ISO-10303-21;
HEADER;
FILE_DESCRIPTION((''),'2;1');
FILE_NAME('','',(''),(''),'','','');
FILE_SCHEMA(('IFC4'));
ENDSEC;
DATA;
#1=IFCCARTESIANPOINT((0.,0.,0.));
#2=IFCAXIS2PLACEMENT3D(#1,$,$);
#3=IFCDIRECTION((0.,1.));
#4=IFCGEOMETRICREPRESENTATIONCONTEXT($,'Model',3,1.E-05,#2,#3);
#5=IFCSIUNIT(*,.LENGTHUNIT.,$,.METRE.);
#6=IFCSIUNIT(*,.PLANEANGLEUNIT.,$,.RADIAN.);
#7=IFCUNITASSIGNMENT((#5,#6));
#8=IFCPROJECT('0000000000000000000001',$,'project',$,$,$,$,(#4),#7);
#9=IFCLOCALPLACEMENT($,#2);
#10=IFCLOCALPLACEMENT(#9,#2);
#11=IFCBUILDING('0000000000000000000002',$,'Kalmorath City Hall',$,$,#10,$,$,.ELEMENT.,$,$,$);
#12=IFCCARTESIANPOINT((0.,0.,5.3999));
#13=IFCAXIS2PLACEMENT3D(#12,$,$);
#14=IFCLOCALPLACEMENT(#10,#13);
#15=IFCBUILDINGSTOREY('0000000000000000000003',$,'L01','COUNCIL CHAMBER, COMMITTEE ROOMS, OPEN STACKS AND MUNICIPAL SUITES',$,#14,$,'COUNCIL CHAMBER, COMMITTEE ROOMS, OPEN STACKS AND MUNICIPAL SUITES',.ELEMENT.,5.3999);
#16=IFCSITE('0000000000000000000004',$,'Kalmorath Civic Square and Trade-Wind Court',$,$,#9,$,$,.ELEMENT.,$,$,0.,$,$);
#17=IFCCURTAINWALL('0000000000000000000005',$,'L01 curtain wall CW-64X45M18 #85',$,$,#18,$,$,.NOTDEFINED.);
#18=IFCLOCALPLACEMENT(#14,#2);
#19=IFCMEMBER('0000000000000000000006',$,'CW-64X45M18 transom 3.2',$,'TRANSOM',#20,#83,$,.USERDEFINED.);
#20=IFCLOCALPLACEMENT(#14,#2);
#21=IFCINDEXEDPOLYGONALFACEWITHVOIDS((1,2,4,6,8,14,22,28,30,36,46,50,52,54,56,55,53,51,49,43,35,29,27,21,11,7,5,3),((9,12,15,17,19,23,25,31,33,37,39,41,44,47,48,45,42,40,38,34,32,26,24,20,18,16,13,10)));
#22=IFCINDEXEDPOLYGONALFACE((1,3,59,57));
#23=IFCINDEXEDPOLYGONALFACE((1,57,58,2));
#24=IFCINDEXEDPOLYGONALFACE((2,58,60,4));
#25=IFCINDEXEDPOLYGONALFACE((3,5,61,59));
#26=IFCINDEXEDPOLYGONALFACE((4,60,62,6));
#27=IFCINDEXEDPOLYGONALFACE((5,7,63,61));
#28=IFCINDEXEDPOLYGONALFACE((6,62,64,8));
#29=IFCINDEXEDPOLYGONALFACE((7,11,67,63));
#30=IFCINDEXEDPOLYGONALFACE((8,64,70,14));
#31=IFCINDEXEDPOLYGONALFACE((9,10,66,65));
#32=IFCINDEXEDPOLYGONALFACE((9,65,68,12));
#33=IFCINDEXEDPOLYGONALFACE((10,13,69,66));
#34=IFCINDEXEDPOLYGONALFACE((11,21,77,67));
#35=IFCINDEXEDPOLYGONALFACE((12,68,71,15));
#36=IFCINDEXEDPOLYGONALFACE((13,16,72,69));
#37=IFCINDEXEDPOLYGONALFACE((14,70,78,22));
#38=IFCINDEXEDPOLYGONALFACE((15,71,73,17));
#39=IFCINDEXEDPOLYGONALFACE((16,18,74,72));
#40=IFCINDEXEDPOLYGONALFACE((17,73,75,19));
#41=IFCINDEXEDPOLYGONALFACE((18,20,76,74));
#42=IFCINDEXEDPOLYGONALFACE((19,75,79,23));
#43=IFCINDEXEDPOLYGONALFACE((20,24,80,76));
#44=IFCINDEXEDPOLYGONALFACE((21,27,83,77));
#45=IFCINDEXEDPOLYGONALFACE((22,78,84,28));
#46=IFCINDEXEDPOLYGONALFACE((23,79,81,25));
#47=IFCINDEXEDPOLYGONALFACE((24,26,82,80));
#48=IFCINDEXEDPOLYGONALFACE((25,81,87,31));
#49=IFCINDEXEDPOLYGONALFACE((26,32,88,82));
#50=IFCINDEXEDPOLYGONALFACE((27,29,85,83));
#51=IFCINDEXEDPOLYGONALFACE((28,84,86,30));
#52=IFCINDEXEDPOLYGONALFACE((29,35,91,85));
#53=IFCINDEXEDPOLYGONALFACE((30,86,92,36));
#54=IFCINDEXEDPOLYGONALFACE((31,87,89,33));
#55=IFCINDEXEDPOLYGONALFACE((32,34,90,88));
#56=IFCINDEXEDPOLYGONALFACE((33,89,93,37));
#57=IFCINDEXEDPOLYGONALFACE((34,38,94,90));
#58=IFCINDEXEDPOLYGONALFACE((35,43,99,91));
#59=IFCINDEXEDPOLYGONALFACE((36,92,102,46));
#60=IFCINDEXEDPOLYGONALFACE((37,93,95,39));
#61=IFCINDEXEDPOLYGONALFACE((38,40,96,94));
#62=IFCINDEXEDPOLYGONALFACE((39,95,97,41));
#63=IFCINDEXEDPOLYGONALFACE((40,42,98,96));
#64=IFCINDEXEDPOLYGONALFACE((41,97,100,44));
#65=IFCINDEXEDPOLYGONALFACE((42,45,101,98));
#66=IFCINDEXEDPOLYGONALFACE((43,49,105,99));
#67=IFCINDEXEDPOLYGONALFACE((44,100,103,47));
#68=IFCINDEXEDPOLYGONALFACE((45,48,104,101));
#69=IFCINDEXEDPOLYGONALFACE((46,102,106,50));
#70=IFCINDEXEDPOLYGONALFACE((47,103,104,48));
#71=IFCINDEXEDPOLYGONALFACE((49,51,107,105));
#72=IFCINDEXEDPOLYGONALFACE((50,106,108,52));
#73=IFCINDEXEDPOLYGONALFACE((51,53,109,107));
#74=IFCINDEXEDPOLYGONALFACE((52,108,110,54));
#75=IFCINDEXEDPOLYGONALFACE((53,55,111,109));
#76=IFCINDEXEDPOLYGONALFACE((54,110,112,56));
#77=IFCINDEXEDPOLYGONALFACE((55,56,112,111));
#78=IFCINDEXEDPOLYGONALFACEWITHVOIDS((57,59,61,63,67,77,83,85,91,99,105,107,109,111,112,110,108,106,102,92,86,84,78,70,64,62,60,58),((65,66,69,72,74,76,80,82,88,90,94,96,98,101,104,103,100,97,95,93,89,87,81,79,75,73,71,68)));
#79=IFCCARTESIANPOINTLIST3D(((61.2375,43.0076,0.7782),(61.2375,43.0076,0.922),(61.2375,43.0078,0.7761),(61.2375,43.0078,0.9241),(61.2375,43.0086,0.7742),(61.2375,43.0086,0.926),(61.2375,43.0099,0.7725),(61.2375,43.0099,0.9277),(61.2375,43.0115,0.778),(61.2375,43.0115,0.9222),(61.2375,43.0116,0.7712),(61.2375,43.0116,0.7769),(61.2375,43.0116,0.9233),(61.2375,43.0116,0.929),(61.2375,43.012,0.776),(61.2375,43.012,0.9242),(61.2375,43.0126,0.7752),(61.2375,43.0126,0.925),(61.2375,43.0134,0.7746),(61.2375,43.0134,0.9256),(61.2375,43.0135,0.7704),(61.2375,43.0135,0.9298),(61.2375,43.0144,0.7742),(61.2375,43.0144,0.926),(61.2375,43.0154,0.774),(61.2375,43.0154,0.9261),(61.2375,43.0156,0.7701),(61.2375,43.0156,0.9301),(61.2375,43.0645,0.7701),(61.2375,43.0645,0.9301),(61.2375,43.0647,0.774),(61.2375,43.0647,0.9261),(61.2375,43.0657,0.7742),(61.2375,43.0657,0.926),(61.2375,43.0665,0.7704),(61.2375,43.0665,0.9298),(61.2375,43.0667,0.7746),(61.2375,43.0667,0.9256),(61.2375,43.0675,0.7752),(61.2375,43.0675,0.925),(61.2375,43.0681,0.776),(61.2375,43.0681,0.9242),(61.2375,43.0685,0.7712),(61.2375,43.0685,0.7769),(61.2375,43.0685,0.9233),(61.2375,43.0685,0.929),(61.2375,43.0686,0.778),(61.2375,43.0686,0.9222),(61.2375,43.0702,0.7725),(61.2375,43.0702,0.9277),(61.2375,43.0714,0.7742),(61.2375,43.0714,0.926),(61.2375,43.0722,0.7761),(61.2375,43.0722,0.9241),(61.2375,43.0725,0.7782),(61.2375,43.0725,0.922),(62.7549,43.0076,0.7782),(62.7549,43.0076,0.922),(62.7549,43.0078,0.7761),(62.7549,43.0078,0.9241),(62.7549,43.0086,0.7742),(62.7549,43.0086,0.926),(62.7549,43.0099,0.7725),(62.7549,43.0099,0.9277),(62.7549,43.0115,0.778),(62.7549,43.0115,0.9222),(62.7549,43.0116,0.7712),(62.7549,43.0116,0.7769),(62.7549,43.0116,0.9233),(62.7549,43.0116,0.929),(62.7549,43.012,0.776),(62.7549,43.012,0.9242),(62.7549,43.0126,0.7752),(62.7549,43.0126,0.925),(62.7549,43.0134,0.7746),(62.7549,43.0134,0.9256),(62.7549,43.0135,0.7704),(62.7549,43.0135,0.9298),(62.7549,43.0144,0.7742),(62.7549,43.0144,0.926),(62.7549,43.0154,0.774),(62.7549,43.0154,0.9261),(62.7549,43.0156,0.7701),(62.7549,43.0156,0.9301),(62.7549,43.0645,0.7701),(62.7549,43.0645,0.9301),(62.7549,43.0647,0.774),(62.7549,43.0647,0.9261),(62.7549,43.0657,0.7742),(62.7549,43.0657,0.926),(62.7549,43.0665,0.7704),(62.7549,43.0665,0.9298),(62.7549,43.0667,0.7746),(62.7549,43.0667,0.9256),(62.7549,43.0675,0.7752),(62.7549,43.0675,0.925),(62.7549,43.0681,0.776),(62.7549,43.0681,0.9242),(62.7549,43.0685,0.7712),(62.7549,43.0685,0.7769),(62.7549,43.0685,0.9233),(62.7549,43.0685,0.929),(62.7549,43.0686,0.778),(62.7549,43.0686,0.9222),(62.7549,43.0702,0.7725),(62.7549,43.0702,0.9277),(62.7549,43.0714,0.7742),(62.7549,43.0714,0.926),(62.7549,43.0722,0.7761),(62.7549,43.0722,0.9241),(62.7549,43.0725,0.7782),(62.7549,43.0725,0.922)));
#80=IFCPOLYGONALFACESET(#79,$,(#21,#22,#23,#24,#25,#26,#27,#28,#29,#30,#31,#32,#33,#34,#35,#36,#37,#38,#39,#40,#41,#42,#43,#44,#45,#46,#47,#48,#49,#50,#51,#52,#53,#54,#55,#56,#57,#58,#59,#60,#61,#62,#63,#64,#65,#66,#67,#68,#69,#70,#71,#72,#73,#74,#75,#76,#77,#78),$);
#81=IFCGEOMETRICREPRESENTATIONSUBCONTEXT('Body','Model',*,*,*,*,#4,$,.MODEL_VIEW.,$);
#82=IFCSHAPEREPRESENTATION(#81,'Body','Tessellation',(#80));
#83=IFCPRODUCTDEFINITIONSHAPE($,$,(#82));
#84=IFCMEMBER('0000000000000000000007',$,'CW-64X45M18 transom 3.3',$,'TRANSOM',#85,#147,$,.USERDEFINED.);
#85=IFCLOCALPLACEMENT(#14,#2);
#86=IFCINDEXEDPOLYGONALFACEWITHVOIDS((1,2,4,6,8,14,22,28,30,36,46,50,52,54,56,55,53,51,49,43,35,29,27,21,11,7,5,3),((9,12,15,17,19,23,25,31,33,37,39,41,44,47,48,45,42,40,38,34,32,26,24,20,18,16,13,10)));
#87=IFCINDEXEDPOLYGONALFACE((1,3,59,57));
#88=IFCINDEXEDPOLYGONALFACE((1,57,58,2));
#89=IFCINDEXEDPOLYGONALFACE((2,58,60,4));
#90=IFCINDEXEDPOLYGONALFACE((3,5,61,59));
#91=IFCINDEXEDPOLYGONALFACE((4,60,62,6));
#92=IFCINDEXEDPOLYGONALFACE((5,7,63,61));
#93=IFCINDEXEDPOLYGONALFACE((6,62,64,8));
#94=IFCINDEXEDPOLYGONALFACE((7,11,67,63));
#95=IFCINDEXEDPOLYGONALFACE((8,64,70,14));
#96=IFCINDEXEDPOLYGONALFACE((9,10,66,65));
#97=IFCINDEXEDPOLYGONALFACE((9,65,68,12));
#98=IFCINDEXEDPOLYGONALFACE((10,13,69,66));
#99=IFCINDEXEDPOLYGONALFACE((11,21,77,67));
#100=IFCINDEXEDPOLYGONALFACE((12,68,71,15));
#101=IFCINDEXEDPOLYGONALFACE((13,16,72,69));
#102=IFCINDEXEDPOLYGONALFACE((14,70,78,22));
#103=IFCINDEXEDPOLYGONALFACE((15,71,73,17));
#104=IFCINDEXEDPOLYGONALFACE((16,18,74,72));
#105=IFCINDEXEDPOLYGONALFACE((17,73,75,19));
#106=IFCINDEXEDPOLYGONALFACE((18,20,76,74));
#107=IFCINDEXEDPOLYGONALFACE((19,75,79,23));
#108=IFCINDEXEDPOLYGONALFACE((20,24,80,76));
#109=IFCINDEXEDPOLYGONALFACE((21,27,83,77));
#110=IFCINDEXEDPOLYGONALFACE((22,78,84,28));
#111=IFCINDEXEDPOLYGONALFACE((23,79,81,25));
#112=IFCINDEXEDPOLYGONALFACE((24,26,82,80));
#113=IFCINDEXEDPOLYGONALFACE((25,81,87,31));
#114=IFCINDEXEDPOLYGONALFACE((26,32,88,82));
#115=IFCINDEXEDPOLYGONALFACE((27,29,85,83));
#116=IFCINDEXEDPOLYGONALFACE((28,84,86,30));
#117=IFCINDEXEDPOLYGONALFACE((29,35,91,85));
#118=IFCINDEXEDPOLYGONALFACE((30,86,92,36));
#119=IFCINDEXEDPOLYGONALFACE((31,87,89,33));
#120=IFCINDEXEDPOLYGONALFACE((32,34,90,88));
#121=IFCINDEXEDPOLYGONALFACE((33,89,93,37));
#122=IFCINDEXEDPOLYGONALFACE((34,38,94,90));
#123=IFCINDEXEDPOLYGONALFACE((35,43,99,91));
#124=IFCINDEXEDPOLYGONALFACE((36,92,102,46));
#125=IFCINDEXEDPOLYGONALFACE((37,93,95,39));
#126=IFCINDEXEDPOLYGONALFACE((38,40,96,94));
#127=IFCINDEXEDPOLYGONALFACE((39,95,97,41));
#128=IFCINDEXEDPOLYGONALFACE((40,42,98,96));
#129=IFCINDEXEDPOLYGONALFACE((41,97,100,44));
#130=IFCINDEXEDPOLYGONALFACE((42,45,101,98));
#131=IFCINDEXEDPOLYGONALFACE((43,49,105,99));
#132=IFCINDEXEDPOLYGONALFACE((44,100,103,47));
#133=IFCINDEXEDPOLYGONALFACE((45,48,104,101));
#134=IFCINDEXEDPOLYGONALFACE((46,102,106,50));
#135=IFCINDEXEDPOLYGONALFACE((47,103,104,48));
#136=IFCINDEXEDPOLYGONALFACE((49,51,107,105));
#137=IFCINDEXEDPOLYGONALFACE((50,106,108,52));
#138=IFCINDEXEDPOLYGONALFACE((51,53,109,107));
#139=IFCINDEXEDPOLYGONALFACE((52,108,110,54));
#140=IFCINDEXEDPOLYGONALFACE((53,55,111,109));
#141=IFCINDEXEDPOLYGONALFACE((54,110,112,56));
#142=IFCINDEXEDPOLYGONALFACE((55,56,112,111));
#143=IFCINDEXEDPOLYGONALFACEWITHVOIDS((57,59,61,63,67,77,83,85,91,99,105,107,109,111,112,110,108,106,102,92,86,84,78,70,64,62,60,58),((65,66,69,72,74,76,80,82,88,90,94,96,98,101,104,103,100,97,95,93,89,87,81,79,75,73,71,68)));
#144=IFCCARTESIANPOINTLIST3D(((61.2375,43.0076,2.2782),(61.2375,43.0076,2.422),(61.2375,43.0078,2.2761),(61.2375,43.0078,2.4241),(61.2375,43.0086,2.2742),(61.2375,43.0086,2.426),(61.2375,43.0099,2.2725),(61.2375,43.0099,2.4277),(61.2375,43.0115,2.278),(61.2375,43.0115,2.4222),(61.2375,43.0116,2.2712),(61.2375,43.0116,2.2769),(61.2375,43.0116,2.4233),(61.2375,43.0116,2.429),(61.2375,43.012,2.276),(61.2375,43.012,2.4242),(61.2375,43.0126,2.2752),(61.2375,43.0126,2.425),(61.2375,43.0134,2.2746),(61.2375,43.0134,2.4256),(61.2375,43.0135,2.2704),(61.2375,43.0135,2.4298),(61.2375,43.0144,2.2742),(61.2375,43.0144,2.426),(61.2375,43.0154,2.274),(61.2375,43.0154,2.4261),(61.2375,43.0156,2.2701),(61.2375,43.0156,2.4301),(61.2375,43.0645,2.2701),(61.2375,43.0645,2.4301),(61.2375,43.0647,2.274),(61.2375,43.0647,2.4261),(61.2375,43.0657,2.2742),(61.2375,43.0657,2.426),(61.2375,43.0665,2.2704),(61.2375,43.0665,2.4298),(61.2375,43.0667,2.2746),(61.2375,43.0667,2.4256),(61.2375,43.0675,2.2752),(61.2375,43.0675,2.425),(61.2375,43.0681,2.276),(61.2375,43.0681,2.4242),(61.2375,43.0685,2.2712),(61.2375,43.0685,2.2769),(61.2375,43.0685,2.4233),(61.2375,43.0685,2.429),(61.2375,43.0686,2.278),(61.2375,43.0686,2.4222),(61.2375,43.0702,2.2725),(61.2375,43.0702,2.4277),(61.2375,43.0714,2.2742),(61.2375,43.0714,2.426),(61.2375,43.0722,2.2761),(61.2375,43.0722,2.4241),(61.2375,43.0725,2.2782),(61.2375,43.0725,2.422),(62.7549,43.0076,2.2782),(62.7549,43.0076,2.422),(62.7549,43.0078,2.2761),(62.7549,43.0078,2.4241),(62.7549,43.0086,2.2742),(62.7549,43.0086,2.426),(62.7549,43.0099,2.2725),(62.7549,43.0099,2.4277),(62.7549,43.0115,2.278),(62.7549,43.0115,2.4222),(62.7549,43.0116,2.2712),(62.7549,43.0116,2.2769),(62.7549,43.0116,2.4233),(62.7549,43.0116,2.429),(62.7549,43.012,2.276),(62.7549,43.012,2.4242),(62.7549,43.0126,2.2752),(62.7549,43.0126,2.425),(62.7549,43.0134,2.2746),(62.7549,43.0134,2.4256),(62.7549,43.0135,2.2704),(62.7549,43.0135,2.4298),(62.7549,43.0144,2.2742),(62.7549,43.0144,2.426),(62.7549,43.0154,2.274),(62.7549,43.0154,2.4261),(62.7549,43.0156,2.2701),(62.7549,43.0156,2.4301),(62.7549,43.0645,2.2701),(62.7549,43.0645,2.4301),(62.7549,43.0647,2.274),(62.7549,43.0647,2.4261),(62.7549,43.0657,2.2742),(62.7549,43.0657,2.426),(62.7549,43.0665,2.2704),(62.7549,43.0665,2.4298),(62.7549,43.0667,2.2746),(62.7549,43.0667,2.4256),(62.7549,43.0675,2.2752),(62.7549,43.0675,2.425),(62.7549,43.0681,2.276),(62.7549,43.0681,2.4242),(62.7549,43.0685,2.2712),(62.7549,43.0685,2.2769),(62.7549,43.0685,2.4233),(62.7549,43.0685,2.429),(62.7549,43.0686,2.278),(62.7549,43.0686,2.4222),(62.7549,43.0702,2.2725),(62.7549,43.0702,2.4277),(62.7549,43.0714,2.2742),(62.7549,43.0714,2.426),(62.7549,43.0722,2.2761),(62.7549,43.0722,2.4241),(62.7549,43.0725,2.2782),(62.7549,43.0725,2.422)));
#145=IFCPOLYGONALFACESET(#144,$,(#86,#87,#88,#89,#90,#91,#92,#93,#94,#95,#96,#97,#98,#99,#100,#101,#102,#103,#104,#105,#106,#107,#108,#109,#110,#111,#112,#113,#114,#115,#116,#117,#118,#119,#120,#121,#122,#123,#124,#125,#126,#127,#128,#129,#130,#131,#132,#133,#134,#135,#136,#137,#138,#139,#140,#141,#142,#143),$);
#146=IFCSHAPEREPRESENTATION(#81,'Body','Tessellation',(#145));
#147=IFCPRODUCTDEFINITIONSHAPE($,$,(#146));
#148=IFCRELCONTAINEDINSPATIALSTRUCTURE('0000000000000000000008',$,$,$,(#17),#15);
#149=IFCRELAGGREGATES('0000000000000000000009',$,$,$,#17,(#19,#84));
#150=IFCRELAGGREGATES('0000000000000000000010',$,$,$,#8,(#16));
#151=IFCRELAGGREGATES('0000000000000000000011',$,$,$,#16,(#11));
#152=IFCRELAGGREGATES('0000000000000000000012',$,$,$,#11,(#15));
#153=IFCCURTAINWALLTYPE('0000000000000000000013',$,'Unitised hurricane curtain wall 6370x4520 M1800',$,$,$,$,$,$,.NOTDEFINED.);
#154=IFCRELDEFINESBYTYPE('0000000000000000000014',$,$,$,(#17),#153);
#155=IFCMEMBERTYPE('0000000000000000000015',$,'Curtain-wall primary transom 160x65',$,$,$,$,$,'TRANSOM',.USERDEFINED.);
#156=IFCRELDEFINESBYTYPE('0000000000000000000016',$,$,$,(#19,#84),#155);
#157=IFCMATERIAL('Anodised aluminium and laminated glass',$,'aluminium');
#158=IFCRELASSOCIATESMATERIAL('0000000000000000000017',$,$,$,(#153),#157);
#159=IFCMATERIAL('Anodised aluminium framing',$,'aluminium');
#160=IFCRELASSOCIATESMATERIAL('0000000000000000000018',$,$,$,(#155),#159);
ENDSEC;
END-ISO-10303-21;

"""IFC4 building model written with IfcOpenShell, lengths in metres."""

from ifc_helpers import new_model, si_unit, direction, frame, origin, origin_2d, place, context, subcontext, project, spatial, hollow_rectangle, extrude, material, material_profile, profile_set, type_object, element, aggregate, save


model = new_model("IFC4")

# Units and contexts
model_context = context("Model", 3, precision=1e-05, world=origin(), true_north=direction((0.0, 1.0)))
body_context = subcontext(model_context, "Body", "Model", "MODEL_VIEW")
ifc_project = project(units=[si_unit("LENGTHUNIT", "METRE"), si_unit("PLANEANGLEUNIT", "RADIAN")], contexts=[model_context])

# Site, building, storey
site_placement = place(None, origin())
site = spatial("IfcSite", under=ifc_project, at=site_placement, Name="Kalmorath Civic Square and Trade-Wind Court", CompositionType="ELEMENT", RefElevation=0.0)
building_placement = place(site_placement, origin())
building = spatial("IfcBuilding", under=site, at=building_placement, Name="Kalmorath City Hall", CompositionType="ELEMENT")
storey_placement = place(building_placement, frame((0.0, 0.0, 5.3999)))
storey = spatial("IfcBuildingStorey", under=building, at=storey_placement, Name="L01", Description="COUNCIL CHAMBER, COMMITTEE ROOMS, OPEN STACKS AND MUNICIPAL SUITES", LongName="COUNCIL CHAMBER, COMMITTEE ROOMS, OPEN STACKS AND MUNICIPAL SUITES", CompositionType="ELEMENT", Elevation=5.3999)

# Curtain wall
ifc_material_1 = material(Name="Anodised aluminium and laminated glass", Category="aluminium")
curtain_wall_type_1 = type_object("IfcCurtainWallType", Name="Unitised hurricane curtain wall 6370x4520 M1800", PredefinedType="NOTDEFINED", material=ifc_material_1)
curtain_wall_1_placement = place(storey_placement, origin())
curtain_wall_1 = element("IfcCurtainWall", 1, at=curtain_wall_1_placement, inside=storey, type_object=curtain_wall_type_1, Name="L01 curtain wall CW-64X45M18 #85", PredefinedType="NOTDEFINED")

# Shared definitions
ifc_material_2 = material(Name="Anodised aluminium framing", Category="aluminium")
ifc_material_profile_1 = material_profile(ifc_material_2, hollow_rectangle(XDim=0.0649, YDim=0.1599, WallThickness=0.0039, InnerFilletRadius=0.0039, OuterFilletRadius=0.0081, at=origin_2d()), Name="ALU-TRN-160X65X4")
ifc_profile_set_1 = profile_set([ifc_material_profile_1], Name="Anodised aluminium framing")
member_type_1 = type_object("IfcMemberType", Name="Curtain-wall primary transom 160x65", ElementType="TRANSOM", PredefinedType="USERDEFINED", material=ifc_profile_set_1)

# Members
member_1_placement = place(storey_placement, frame((61.2375, 43.04, 0.8501), z_axis=(1.0, 0.0, 0.0), x_axis=(0.0, 1.0, 0.0)))
member_1 = element("IfcMember", 2, at=member_1_placement, type_object=member_type_1, Name="CW-64X45M18 transom 3.2", ObjectType="TRANSOM", PredefinedType="USERDEFINED", context=body_context, shape_type="SweptSolid", body=[
    extrude(hollow_rectangle(XDim=0.0649, YDim=0.1599, WallThickness=0.0039, InnerFilletRadius=0.0039, OuterFilletRadius=0.0081, at=origin_2d()), origin(), (0.0, 0.0, 1.0), 1.5173),
])
member_2_placement = place(storey_placement, frame((61.2375, 43.04, 2.3501), z_axis=(1.0, 0.0, 0.0), x_axis=(0.0, 1.0, 0.0)))
member_2 = element("IfcMember", 3, at=member_2_placement, type_object=member_type_1, Name="CW-64X45M18 transom 3.3", ObjectType="TRANSOM", PredefinedType="USERDEFINED", context=body_context, shape_type="SweptSolid", body=[
    extrude(hollow_rectangle(XDim=0.0649, YDim=0.1599, WallThickness=0.0039, InnerFilletRadius=0.0039, OuterFilletRadius=0.0081, at=origin_2d()), origin(), (0.0, 0.0, 1.0), 1.5173),
])

aggregate(curtain_wall_1, [member_1, member_2])

save(model, "model.ifc")
